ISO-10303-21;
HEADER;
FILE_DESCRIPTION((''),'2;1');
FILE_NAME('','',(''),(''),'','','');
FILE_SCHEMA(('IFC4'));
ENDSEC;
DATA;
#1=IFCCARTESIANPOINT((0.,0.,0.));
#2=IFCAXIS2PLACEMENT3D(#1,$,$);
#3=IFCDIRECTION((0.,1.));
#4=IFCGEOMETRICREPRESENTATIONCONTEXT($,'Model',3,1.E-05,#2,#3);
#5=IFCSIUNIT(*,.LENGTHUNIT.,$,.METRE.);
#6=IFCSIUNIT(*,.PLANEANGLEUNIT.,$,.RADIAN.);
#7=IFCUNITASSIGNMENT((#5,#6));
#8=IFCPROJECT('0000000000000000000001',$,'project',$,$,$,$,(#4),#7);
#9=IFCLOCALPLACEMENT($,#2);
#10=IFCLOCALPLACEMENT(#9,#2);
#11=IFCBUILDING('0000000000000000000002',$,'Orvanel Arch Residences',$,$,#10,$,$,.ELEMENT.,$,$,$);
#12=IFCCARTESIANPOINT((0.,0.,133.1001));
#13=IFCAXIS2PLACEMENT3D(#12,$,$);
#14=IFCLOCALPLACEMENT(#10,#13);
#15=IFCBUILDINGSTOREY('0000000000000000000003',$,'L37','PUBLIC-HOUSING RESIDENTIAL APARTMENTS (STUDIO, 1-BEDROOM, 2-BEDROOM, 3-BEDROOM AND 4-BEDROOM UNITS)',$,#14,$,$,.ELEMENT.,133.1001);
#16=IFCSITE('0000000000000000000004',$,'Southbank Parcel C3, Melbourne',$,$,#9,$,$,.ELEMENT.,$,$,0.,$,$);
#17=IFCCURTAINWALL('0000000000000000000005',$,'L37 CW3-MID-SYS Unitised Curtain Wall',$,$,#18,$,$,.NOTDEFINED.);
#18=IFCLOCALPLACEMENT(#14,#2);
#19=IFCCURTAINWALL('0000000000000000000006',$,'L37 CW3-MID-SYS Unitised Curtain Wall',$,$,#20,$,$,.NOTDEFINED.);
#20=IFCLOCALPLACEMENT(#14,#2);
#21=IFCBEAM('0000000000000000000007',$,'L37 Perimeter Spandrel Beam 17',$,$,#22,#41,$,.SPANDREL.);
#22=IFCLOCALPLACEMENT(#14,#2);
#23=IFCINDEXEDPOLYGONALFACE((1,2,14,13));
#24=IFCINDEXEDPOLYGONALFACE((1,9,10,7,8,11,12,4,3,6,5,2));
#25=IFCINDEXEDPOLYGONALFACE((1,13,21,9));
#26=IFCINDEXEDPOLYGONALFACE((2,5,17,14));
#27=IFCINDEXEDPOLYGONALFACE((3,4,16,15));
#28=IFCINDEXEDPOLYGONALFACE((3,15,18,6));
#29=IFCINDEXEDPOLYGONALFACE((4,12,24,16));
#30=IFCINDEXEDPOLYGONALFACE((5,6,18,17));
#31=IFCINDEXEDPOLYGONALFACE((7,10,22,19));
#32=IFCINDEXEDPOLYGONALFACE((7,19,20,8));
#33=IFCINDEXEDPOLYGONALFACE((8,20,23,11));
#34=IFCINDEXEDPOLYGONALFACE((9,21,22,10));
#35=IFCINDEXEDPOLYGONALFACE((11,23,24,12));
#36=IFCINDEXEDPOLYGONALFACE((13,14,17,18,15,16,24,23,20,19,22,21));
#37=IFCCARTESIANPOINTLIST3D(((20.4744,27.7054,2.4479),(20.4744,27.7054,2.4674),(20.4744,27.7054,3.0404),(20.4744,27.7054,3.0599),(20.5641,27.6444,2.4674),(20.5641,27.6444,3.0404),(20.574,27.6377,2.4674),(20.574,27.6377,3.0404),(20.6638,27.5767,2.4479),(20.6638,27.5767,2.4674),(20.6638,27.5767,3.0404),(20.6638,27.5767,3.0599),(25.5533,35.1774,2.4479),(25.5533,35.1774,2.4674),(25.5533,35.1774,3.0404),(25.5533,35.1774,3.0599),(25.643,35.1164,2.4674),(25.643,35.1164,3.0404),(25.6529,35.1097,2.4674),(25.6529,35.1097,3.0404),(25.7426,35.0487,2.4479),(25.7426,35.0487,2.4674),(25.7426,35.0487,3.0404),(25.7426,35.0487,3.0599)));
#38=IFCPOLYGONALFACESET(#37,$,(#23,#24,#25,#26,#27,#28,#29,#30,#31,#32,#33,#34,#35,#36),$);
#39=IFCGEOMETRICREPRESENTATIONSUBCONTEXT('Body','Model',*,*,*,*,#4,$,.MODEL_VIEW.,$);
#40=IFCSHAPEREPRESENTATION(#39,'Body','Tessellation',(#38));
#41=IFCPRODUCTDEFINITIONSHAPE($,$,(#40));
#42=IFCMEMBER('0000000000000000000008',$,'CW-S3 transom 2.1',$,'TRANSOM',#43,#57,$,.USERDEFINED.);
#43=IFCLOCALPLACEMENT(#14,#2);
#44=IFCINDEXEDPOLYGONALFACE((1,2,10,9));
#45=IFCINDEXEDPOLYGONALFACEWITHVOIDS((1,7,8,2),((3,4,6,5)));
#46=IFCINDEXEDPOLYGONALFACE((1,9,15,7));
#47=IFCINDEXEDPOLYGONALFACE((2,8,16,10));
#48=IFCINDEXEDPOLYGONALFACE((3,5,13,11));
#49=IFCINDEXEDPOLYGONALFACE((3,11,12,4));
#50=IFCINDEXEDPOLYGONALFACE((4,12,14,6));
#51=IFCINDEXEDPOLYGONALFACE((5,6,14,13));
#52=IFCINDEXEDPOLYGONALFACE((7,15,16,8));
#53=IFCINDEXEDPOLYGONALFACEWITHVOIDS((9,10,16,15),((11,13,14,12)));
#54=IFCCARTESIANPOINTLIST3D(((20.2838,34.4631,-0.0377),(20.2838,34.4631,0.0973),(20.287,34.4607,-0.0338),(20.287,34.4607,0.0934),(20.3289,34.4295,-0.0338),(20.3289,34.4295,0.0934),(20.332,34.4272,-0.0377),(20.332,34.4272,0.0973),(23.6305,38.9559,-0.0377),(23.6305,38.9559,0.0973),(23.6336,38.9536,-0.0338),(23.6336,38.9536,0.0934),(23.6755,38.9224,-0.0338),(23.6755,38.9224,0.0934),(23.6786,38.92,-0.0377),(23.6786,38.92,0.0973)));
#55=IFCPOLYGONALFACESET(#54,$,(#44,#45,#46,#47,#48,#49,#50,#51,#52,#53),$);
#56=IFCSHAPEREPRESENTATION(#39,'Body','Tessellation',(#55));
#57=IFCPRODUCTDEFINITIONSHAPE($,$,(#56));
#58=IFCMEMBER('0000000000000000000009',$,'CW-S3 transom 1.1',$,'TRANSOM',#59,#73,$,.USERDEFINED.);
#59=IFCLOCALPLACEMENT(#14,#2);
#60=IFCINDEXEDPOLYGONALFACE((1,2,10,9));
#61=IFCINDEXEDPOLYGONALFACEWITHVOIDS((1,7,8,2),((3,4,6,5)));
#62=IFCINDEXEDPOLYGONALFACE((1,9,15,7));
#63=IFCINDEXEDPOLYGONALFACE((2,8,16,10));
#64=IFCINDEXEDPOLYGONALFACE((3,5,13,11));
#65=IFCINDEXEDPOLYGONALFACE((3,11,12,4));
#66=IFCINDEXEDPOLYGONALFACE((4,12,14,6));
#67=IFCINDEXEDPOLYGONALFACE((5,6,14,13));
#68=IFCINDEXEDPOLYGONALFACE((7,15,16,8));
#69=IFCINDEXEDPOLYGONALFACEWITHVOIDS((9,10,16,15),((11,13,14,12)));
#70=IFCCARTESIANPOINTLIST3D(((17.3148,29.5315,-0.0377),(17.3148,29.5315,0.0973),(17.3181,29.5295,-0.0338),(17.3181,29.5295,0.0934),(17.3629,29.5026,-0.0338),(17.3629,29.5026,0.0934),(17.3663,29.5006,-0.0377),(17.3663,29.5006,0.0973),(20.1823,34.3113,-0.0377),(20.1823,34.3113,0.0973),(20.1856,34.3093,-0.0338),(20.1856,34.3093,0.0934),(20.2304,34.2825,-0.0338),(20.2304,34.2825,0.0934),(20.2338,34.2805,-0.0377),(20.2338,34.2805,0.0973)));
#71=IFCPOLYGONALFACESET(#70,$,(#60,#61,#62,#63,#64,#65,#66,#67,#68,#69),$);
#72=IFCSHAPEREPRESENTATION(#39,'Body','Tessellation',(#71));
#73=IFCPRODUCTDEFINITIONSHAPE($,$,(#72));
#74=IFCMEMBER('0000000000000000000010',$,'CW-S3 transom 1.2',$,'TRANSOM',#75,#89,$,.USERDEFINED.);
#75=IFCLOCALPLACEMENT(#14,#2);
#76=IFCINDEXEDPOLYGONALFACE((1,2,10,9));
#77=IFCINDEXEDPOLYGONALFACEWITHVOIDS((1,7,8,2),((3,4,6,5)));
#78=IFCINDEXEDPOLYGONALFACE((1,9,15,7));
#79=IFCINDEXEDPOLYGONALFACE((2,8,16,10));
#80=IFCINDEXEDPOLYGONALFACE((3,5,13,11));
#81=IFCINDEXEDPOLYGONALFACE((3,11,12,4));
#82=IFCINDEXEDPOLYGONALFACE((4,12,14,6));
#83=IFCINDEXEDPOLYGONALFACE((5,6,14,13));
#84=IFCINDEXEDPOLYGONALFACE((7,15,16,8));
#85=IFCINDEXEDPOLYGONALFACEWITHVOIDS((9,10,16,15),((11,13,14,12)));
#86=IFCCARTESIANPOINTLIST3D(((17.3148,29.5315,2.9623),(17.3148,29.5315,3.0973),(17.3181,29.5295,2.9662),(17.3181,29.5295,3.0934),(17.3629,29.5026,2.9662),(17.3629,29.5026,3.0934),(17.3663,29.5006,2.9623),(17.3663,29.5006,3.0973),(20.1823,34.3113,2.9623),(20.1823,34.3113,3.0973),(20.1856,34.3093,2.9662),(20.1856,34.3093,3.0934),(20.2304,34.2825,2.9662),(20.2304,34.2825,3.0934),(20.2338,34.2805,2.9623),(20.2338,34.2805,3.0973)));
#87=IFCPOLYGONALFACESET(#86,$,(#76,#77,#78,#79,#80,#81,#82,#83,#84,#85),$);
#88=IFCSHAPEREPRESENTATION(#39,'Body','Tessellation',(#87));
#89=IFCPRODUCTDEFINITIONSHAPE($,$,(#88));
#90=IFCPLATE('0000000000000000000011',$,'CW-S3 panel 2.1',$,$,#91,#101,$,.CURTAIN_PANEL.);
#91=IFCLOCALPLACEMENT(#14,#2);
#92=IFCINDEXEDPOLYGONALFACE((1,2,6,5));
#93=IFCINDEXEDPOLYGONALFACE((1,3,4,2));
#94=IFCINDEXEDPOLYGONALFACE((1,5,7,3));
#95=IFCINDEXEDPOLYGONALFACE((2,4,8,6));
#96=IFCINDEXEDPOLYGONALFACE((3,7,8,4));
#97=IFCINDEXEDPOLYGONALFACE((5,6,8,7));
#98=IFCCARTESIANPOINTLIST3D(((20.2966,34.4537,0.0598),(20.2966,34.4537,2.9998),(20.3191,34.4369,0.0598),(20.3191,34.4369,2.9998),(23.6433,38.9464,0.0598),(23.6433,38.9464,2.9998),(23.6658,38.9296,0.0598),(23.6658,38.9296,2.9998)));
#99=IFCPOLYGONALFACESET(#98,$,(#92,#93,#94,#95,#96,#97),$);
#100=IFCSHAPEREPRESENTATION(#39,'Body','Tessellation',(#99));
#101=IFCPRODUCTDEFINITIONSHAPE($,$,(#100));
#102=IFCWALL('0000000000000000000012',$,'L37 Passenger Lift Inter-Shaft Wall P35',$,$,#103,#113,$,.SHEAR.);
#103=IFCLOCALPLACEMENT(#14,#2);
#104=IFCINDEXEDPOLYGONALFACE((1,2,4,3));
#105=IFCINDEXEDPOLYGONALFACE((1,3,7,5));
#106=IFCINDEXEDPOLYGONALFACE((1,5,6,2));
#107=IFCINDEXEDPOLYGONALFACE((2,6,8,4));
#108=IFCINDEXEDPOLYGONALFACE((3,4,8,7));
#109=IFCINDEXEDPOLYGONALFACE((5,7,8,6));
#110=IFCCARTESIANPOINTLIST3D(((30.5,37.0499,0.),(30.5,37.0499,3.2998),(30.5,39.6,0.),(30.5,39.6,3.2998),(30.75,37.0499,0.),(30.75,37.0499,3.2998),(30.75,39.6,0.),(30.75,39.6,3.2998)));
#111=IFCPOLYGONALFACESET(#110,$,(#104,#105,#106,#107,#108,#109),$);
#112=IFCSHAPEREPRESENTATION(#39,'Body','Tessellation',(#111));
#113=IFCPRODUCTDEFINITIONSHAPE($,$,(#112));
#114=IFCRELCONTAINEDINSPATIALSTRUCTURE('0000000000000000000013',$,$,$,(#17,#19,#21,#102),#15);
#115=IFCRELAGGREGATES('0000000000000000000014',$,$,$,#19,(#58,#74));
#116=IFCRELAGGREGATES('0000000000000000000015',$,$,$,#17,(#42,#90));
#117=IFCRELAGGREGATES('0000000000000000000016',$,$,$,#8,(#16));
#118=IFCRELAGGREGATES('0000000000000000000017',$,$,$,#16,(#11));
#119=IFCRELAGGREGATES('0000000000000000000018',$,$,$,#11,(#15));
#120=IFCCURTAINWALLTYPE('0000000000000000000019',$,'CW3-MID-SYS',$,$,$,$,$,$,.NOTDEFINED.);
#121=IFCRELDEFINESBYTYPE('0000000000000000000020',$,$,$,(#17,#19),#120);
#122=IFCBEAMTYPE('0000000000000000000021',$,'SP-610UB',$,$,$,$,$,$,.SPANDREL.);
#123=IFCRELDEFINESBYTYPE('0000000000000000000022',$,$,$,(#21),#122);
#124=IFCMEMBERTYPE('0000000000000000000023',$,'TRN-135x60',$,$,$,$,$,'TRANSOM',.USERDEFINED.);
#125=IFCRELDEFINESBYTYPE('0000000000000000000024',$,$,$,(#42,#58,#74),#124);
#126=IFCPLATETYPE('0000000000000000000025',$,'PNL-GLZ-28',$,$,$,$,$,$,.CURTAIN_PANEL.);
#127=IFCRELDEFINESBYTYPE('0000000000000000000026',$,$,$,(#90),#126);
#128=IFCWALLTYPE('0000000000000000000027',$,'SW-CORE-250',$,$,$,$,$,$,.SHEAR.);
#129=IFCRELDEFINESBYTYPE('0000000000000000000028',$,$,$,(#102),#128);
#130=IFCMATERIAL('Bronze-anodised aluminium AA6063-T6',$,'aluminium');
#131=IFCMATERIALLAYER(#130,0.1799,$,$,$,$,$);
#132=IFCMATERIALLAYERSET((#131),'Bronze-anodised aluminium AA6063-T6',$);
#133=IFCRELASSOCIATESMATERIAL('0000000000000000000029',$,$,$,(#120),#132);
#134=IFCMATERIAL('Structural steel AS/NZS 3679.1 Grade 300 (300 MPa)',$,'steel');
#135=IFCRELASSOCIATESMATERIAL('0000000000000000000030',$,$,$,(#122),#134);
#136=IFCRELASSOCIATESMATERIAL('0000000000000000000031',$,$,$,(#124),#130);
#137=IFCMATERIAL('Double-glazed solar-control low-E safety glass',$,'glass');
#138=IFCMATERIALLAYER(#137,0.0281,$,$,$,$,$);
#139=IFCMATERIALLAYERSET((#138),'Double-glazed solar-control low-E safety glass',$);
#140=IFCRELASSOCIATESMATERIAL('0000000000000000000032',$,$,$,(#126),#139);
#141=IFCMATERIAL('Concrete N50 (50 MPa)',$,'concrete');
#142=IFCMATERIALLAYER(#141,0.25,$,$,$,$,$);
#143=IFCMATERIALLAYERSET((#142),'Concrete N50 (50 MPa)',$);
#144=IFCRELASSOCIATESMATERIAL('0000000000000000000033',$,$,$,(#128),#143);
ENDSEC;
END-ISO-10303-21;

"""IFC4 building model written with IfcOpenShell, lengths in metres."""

from ifc_helpers import new_model, si_unit, direction, frame, frame_2d, origin, origin_2d, place, context, subcontext, project, spatial, rectangle, hollow_rectangle, i_section, extrude, material, layer, layer_set, material_profile, profile_set, type_object, element, aggregate, save


model = new_model("IFC4")

# Units and contexts
model_context = context("Model", 3, precision=1e-05, world=origin(), true_north=direction((0.0, 1.0)))
body_context = subcontext(model_context, "Body", "Model", "MODEL_VIEW")
ifc_project = project(units=[si_unit("LENGTHUNIT", "METRE"), si_unit("PLANEANGLEUNIT", "RADIAN")], contexts=[model_context])

# Site, building, storey
site_placement = place(None, origin())
site = spatial("IfcSite", under=ifc_project, at=site_placement, Name="Southbank Parcel C3, Melbourne", CompositionType="ELEMENT", RefElevation=0.0)
building_placement = place(site_placement, origin())
building = spatial("IfcBuilding", under=site, at=building_placement, Name="Orvanel Arch Residences", CompositionType="ELEMENT")
storey_placement = place(building_placement, frame((0.0, 0.0, 133.1001)))
storey = spatial("IfcBuildingStorey", under=building, at=storey_placement, Name="L37", Description="PUBLIC-HOUSING RESIDENTIAL APARTMENTS (STUDIO, 1-BEDROOM, 2-BEDROOM, 3-BEDROOM AND 4-BEDROOM UNITS)", CompositionType="ELEMENT", Elevation=133.1001)

# Shared definitions
ifc_material_1 = material(Name="Structural steel AS/NZS 3679.1 Grade 300 (300 MPa)", Category="steel")

# Curtain walls
ifc_material_2 = material(Name="Bronze-anodised aluminium AA6063-T6", Category="aluminium")
ifc_layer_1 = layer(ifc_material_2, 0.1799)
ifc_layer_set_1 = layer_set([ifc_layer_1], Name="Bronze-anodised aluminium AA6063-T6")
curtain_wall_type = type_object("IfcCurtainWallType", Name="CW3-MID-SYS", PredefinedType="NOTDEFINED", material=ifc_layer_set_1)
curtain_wall_1_placement = place(storey_placement, origin())
curtain_wall_1 = element("IfcCurtainWall", 1, at=curtain_wall_1_placement, inside=storey, type_object=curtain_wall_type, Name="L37 CW3-MID-SYS Unitised Curtain Wall", PredefinedType="NOTDEFINED")
curtain_wall_2_placement = place(storey_placement, origin())
curtain_wall_2 = element("IfcCurtainWall", 2, at=curtain_wall_2_placement, inside=storey, type_object=curtain_wall_type, Name="L37 CW3-MID-SYS Unitised Curtain Wall", PredefinedType="NOTDEFINED")

# Beam
ifc_material_profile_1 = material_profile(ifc_material_1, i_section(OverallWidth=0.229, OverallDepth=0.6121, WebThickness=0.012, FlangeThickness=0.0195, at=origin_2d()), Name="610UB125")
ifc_profile_set_1 = profile_set([ifc_material_profile_1], Name="Structural steel AS/NZS 3679.1 Grade 300 (300 MPa)")
beam_type_1 = type_object("IfcBeamType", Name="SP-610UB", PredefinedType="SPANDREL", material=ifc_profile_set_1)
beam_1_placement = place(storey_placement, frame((25.6479, 35.113, 2.7539), z_axis=(-0.562155, -0.827032, 0.0), x_axis=(0.827032, -0.562155, 0.0)))
element("IfcBeam", 3, at=beam_1_placement, inside=storey, type_object=beam_type_1, Name="L37 Perimeter Spandrel Beam 17", PredefinedType="SPANDREL", context=body_context, shape_type="SweptSolid", body=[
    extrude(i_section(OverallWidth=0.229, OverallDepth=0.6121, WebThickness=0.012, FlangeThickness=0.0195, at=origin_2d()), origin(), (0.0, 0.0, 1.0), 9.0347),
])

# Members
ifc_material_profile_2 = material_profile(ifc_material_2, hollow_rectangle(XDim=0.0601, YDim=0.135, WallThickness=0.0039, at=origin_2d()), Name="ALU135x60x4")
ifc_profile_set_2 = profile_set([ifc_material_profile_2], Name="Bronze-anodised aluminium AA6063-T6")
member_type_1 = type_object("IfcMemberType", Name="TRN-135x60", ElementType="TRANSOM", PredefinedType="USERDEFINED", material=ifc_profile_set_2)
member_1_placement = place(storey_placement, frame((23.6545, 38.938, 0.0298), z_axis=(-0.597368, -0.801967, 0.0), x_axis=(0.801967, -0.597368, 0.0)))
member_1 = element("IfcMember", 4, at=member_1_placement, type_object=member_type_1, Name="CW-S3 transom 2.1", ObjectType="TRANSOM", PredefinedType="USERDEFINED", context=body_context, shape_type="SweptSolid", body=[
    extrude(hollow_rectangle(XDim=0.0601, YDim=0.135, WallThickness=0.0039, at=origin_2d()), origin(), (0.0, 0.0, 1.0), 5.6023),
])
member_2_placement = place(storey_placement, frame((20.208, 34.2959, 0.0298), z_axis=(-0.514438, -0.857528, 0.0), x_axis=(0.857528, -0.514438, 0.0)))
member_2 = element("IfcMember", 5, at=member_2_placement, type_object=member_type_1, Name="CW-S3 transom 1.1", ObjectType="TRANSOM", PredefinedType="USERDEFINED", context=body_context, shape_type="SweptSolid", body=[
    extrude(hollow_rectangle(XDim=0.0601, YDim=0.135, WallThickness=0.0039, at=origin_2d()), origin(), (0.0, 0.0, 1.0), 5.574),
])
member_3_placement = place(storey_placement, frame((20.208, 34.2959, 3.0298), z_axis=(-0.514438, -0.857528, 0.0), x_axis=(0.857528, -0.514438, 0.0)))
member_3 = element("IfcMember", 6, at=member_3_placement, type_object=member_type_1, Name="CW-S3 transom 1.2", ObjectType="TRANSOM", PredefinedType="USERDEFINED", context=body_context, shape_type="SweptSolid", body=[
    extrude(hollow_rectangle(XDim=0.0601, YDim=0.135, WallThickness=0.0039, at=origin_2d()), origin(), (0.0, 0.0, 1.0), 5.574),
])
aggregate(curtain_wall_2, [member_2, member_3])

# Plate
ifc_material_3 = material(Name="Double-glazed solar-control low-E safety glass", Category="glass")
ifc_layer_2 = layer(ifc_material_3, 0.0281)
ifc_layer_set_2 = layer_set([ifc_layer_2], Name="Double-glazed solar-control low-E safety glass")
plate_type = type_object("IfcPlateType", Name="PNL-GLZ-28", PredefinedType="CURTAIN_PANEL", material=ifc_layer_set_2)
plate_placement = place(storey_placement, frame((21.9812, 36.6917, 0.0598), z_axis=(0.0, 0.0, 1.0), x_axis=(-0.59739, -0.801951, 0.0)))
plate = element("IfcPlate", 7, at=plate_placement, type_object=plate_type, Name="CW-S3 panel 2.1", PredefinedType="CURTAIN_PANEL", context=body_context, shape_type="SweptSolid", body=[
    extrude(rectangle(XDim=5.6023, YDim=0.0281, at=origin_2d()), origin(), (0.0, 0.0, 1.0), 2.9399),
])
aggregate(curtain_wall_1, [member_1, plate])

# Wall
ifc_material_4 = material(Name="Concrete N50 (50 MPa)", Category="concrete")
ifc_layer_3 = layer(ifc_material_4, 0.25)
ifc_layer_set_3 = layer_set([ifc_layer_3], Name="Concrete N50 (50 MPa)")
wall_type_1 = type_object("IfcWallType", Name="SW-CORE-250", PredefinedType="SHEAR", material=ifc_layer_set_3)
wall_1_placement = place(storey_placement, frame((30.625, 37.05, 0.0), z_axis=(0.0, 0.0, 1.0), x_axis=(0.0, 1.0, 0.0)))
element("IfcWall", 8, at=wall_1_placement, inside=storey, type_object=wall_type_1, Name="L37 Passenger Lift Inter-Shaft Wall P35", PredefinedType="SHEAR", context=body_context, shape_type="SweptSolid", body=[
    extrude(rectangle(XDim=2.55, YDim=0.25, at=frame_2d((1.2749, 0.0))), origin(), (0.0, 0.0, 1.0), 3.2998),
])

save(model, "model.ifc")
